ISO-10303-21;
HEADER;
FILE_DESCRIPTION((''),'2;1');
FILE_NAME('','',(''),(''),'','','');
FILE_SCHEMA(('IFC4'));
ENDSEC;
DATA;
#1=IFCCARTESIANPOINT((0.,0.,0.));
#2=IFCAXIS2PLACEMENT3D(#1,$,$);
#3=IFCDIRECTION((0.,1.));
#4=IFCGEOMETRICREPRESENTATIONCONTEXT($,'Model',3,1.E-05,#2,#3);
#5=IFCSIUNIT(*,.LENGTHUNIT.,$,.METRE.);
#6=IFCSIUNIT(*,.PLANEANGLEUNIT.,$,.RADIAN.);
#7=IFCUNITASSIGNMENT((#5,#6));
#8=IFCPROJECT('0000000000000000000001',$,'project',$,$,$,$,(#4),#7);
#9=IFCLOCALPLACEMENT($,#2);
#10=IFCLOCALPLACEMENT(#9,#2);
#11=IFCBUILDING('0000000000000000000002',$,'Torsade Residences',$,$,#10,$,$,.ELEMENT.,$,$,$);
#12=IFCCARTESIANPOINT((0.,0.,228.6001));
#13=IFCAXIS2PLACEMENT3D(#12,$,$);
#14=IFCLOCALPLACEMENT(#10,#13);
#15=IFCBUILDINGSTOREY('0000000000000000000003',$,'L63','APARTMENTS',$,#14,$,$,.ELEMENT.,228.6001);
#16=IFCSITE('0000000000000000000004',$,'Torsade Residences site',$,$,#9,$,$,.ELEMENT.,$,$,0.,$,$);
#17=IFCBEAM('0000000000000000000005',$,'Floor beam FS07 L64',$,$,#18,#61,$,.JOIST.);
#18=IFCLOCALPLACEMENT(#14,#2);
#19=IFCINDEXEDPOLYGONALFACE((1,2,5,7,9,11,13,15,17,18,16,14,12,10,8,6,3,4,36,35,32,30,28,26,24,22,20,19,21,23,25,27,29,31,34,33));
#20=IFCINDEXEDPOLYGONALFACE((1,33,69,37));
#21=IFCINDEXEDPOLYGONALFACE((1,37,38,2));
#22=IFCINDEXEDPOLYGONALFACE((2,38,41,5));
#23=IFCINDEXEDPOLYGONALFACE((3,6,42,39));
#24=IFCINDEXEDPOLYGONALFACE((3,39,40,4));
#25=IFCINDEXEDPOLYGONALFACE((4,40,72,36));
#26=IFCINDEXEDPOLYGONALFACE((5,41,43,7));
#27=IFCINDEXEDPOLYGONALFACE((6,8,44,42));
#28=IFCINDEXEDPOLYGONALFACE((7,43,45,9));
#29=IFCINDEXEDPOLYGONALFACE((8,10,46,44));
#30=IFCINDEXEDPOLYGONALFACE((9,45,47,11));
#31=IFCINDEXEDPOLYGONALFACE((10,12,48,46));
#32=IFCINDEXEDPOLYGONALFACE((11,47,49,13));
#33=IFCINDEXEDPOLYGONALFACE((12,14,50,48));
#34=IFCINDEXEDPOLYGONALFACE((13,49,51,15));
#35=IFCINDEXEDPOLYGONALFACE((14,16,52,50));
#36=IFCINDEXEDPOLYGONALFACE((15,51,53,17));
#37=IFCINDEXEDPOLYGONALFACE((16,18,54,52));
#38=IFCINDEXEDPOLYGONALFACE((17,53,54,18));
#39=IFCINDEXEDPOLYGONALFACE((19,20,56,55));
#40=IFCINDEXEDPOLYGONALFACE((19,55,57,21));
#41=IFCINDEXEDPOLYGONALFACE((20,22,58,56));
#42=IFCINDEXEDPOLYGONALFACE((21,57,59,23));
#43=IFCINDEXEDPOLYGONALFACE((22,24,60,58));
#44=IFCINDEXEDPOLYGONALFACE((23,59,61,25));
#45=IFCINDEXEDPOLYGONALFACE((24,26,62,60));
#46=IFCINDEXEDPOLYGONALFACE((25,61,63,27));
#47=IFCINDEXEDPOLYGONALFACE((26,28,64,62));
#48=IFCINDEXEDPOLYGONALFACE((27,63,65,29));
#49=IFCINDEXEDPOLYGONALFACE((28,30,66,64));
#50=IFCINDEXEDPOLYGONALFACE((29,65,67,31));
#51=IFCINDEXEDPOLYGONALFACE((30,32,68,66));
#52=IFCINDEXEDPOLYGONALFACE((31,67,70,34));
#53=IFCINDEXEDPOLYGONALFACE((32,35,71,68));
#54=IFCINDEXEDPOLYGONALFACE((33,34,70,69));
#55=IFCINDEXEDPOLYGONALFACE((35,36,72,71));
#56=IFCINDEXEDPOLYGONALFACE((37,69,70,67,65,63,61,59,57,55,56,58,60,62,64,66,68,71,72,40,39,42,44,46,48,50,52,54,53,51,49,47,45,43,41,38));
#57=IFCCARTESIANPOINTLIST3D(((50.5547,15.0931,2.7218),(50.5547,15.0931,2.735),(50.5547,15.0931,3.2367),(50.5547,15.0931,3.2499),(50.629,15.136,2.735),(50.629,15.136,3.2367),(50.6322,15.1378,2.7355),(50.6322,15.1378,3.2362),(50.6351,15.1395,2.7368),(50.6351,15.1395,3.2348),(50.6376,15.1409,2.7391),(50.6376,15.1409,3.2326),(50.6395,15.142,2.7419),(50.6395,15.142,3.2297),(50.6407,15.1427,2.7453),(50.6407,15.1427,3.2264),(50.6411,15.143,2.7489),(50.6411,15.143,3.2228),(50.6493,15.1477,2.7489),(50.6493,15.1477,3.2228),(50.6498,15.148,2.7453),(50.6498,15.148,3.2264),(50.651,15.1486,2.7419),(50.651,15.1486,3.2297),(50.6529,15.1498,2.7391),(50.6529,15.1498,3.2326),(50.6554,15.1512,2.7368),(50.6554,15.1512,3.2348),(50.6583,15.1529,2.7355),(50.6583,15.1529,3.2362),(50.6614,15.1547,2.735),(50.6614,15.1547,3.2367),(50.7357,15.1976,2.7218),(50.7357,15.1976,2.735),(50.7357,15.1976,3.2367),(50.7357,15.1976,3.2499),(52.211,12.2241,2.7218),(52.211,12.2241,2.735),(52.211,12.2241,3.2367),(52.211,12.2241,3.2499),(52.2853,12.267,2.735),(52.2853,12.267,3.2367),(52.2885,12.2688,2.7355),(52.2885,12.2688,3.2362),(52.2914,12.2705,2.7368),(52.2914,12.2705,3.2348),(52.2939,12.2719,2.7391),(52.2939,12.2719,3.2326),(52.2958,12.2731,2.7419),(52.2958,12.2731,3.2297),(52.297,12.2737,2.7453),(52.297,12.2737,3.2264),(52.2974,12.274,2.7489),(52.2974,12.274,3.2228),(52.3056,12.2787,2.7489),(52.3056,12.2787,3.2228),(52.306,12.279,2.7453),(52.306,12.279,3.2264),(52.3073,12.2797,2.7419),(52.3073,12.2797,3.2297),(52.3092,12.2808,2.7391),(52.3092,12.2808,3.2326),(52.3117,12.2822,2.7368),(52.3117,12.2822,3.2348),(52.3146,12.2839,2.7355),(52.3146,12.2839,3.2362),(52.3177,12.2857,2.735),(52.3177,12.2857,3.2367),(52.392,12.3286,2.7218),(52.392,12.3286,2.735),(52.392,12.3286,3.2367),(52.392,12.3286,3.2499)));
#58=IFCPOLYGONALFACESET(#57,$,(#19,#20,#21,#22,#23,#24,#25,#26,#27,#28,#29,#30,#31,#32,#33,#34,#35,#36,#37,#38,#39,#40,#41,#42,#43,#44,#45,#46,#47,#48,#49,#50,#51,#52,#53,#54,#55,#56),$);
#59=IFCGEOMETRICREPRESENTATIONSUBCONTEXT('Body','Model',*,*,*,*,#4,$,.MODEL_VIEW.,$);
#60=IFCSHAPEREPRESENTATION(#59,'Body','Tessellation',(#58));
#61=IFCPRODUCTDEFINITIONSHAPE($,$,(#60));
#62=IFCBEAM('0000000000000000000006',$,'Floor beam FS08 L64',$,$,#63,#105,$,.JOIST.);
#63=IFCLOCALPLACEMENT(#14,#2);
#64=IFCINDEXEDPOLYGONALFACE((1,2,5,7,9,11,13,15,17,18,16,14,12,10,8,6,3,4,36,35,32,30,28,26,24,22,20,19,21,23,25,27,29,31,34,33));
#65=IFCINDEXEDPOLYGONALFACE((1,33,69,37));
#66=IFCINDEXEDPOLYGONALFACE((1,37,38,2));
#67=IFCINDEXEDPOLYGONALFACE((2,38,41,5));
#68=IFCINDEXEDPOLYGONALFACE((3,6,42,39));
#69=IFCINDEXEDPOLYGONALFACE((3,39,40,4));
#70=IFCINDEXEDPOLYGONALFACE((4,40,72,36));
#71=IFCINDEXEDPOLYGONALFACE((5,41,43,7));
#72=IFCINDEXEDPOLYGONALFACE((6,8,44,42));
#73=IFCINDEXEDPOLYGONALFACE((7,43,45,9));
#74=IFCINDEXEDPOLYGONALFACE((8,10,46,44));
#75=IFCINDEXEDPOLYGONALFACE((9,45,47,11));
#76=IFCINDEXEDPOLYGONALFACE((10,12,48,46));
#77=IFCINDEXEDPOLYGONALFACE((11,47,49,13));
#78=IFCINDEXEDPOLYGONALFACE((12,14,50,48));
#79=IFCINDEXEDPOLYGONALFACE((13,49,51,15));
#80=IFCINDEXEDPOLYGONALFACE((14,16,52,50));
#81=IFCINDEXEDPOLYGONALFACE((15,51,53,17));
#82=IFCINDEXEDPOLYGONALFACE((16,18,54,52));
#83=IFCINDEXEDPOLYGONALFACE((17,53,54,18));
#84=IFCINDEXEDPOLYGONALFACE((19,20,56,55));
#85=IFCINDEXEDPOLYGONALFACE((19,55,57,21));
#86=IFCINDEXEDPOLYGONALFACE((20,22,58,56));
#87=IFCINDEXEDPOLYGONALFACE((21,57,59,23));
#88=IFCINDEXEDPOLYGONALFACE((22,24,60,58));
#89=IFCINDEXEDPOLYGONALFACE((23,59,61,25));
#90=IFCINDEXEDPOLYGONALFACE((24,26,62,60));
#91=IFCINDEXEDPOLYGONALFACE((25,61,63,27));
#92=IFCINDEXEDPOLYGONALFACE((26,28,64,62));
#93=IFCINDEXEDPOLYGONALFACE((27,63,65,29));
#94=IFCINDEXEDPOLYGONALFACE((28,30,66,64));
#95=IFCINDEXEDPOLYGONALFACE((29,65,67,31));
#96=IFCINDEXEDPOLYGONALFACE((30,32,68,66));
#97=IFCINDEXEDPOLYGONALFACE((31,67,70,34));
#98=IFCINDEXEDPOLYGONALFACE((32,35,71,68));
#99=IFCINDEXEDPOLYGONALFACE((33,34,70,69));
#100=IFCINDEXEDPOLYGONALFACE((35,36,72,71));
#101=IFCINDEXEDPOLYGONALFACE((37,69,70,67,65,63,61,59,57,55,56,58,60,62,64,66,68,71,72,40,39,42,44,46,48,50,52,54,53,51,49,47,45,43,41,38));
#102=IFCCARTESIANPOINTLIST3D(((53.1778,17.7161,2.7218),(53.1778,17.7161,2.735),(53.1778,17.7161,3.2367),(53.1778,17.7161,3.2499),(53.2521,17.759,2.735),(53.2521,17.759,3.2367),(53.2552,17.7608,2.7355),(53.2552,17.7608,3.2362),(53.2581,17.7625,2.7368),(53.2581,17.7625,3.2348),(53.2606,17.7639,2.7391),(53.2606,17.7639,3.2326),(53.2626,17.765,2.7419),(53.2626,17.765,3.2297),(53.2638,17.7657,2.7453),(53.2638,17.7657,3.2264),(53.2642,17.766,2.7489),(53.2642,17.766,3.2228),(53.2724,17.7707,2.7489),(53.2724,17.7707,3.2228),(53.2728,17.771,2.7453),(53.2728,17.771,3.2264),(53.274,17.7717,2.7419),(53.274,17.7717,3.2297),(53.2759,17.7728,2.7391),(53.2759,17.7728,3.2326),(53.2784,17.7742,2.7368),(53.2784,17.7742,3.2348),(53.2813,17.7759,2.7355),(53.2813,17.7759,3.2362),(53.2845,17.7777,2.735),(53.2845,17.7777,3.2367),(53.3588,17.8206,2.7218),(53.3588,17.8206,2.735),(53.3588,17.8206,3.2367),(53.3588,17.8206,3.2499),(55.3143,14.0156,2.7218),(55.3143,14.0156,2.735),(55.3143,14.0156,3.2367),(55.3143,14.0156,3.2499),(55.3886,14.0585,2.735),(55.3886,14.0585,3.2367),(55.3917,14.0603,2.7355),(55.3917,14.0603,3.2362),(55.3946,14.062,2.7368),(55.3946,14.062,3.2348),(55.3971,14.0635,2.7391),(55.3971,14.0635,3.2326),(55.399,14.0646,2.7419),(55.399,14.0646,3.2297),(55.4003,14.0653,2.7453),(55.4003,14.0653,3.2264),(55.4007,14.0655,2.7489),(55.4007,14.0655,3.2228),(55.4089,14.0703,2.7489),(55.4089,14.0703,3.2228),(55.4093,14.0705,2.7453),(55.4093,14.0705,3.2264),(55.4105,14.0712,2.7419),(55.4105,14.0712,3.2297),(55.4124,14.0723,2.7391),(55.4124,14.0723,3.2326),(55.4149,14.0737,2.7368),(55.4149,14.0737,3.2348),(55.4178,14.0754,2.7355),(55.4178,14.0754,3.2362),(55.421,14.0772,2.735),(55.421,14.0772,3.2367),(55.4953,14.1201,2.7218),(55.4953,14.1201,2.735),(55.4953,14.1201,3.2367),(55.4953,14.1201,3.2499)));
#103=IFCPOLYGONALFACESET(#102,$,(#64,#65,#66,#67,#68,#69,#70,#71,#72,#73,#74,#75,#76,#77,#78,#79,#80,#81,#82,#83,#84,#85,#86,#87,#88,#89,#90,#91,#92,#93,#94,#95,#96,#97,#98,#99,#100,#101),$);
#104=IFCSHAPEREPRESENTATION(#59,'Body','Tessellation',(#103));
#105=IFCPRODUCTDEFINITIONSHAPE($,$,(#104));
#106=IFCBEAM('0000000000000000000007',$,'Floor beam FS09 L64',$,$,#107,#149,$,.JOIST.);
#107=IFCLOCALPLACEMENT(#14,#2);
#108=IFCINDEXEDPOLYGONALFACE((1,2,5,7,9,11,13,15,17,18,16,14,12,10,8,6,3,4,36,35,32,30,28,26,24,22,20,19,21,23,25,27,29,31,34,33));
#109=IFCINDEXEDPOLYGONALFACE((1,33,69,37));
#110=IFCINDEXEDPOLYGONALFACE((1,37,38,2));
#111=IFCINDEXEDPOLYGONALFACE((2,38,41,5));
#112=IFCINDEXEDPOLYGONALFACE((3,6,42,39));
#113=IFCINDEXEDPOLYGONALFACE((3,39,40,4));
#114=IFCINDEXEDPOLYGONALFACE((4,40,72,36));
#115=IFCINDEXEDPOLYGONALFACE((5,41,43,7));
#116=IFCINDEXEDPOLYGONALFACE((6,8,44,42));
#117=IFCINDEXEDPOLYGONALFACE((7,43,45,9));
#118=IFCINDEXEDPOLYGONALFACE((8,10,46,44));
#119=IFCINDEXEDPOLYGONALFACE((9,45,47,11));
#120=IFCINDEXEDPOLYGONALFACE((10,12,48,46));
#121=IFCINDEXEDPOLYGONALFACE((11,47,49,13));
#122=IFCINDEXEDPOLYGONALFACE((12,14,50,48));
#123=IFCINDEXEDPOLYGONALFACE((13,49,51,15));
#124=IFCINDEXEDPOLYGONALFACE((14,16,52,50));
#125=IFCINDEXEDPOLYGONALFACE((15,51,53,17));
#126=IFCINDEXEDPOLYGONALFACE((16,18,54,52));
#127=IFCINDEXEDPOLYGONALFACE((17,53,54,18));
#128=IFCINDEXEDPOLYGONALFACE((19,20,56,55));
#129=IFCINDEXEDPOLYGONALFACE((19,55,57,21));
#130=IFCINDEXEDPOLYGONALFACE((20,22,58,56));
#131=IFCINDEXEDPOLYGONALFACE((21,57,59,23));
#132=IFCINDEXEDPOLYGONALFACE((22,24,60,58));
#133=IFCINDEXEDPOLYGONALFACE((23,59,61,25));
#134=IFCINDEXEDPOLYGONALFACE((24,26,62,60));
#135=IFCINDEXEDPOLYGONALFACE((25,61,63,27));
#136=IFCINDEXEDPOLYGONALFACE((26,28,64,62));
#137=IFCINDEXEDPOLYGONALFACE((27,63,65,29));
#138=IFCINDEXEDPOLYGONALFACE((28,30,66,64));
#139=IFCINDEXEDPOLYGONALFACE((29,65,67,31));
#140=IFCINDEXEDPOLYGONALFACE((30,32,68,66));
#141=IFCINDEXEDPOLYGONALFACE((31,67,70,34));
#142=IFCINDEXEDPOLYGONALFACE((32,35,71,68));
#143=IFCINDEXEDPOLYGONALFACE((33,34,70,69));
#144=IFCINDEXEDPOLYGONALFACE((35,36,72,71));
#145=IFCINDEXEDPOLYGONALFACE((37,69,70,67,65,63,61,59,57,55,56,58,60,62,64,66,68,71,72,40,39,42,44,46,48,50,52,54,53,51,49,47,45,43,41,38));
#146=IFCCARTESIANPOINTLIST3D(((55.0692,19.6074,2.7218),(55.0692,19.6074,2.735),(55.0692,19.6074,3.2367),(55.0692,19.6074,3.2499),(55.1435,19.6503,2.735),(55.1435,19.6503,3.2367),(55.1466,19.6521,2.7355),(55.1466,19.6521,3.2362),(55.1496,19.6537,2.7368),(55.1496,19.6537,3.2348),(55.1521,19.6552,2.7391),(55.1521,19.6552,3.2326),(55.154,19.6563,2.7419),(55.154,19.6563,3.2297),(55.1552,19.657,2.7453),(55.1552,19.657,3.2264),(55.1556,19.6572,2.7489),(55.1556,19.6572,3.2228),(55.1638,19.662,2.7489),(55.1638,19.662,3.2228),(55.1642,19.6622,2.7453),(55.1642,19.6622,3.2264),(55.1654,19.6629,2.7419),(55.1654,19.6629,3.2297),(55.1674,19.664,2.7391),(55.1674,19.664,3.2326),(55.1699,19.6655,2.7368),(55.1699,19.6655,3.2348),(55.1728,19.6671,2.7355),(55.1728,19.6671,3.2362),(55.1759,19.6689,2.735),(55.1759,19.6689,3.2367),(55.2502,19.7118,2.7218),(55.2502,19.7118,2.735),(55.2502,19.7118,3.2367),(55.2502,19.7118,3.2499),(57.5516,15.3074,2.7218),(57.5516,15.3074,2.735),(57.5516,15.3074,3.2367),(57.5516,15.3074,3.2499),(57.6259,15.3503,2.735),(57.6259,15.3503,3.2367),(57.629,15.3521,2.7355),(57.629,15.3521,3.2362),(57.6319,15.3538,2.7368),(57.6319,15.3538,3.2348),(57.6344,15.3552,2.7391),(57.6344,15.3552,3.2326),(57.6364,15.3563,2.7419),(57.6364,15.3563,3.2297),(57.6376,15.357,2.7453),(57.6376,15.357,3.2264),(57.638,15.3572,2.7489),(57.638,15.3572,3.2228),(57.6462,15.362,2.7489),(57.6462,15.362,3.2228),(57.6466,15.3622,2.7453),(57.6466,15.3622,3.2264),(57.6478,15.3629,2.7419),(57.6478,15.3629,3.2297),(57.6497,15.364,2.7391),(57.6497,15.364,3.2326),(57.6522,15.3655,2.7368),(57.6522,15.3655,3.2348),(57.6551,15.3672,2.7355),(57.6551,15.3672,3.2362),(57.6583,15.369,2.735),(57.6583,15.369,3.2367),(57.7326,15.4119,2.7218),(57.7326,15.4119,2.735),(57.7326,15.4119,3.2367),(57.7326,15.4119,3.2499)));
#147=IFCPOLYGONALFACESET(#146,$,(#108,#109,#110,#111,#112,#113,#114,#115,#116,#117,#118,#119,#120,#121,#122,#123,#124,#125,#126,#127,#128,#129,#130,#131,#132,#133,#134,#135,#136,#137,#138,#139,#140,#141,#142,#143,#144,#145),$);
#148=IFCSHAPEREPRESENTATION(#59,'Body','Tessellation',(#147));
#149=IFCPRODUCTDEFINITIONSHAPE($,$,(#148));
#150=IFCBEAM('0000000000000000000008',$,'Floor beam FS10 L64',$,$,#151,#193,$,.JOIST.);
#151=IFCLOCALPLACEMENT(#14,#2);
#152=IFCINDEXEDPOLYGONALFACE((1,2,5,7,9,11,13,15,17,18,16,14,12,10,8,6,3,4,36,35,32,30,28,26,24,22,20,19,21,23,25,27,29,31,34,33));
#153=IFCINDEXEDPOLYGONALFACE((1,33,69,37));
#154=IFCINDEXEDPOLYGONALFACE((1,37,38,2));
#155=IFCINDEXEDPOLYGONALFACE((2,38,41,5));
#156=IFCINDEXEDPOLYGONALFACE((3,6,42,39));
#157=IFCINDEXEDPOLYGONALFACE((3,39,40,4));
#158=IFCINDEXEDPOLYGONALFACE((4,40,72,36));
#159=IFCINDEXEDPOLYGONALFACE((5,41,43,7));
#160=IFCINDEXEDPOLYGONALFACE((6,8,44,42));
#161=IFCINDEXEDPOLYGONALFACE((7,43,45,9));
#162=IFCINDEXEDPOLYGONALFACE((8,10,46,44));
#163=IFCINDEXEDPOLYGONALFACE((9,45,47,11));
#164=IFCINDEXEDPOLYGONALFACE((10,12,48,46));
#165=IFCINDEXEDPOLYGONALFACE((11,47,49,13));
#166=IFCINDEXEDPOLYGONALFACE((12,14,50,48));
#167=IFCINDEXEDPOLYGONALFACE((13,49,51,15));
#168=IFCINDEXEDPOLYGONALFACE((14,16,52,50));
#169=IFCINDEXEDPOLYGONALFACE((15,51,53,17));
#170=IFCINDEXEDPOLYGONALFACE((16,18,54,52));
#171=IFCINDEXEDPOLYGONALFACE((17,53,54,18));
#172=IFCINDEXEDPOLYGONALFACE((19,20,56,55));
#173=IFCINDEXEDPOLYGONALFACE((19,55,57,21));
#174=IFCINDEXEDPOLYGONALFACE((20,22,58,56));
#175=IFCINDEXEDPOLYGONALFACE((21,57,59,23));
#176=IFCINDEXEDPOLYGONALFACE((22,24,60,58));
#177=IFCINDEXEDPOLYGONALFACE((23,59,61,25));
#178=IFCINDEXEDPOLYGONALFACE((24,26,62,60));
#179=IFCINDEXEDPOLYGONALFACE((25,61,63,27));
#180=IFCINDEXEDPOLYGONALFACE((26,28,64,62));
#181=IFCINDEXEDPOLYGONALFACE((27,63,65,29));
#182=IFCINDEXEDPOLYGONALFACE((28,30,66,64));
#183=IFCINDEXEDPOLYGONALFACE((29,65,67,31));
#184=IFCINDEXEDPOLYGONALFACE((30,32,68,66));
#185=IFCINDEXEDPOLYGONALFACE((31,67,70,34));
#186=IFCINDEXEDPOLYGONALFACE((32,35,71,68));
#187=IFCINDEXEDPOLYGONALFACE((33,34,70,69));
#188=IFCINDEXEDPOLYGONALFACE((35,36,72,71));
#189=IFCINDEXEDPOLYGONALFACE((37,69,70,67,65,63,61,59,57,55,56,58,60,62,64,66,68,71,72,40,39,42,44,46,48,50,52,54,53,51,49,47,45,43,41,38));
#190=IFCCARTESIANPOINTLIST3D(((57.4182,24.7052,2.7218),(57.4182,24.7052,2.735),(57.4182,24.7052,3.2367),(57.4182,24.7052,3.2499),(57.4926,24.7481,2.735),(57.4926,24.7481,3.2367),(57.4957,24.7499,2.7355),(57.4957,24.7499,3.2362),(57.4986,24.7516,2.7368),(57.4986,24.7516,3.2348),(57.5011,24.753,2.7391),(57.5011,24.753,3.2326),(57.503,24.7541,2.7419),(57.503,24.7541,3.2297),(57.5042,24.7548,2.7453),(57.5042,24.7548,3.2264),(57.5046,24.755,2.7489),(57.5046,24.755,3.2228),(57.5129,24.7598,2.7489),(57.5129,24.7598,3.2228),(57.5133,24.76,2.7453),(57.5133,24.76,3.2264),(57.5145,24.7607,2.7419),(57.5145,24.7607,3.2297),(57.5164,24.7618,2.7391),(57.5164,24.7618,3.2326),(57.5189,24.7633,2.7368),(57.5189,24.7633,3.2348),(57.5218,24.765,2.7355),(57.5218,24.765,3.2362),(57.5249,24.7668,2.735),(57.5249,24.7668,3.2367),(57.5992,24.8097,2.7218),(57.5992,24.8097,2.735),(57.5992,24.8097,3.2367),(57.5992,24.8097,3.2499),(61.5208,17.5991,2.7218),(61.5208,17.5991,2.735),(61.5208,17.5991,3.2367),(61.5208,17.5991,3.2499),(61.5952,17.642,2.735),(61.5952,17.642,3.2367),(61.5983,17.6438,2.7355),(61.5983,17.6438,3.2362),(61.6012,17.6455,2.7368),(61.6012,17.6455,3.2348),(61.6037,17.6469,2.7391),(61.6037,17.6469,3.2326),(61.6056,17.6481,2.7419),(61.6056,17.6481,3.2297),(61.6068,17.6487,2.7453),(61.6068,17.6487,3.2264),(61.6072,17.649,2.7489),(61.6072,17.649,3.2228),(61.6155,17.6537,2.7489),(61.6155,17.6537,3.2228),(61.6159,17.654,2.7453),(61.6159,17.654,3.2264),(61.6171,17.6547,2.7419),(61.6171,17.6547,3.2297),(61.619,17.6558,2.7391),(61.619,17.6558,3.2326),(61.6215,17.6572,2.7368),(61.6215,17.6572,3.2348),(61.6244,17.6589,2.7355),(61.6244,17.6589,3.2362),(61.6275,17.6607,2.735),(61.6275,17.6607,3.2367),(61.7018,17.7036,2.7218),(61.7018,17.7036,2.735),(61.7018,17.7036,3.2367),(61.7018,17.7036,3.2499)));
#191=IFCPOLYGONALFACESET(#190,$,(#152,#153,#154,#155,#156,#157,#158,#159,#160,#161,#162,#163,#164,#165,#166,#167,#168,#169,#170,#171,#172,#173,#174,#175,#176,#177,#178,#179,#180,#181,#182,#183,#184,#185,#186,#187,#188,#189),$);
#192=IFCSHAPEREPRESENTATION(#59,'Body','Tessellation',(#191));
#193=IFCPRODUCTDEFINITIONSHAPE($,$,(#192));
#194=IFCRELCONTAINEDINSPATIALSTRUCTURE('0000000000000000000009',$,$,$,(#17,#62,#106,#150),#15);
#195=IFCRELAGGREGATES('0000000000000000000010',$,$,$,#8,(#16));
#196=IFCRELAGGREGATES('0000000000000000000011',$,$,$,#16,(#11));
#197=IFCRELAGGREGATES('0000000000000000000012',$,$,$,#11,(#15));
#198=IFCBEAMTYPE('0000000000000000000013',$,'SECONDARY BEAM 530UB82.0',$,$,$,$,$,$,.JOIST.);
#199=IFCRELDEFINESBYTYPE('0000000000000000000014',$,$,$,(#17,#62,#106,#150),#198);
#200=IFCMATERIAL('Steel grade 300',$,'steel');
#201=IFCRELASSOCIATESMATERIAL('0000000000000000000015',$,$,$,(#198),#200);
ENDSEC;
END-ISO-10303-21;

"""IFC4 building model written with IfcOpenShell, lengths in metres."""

from ifc_helpers import new_model, si_unit, direction, frame, origin, origin_2d, place, context, subcontext, project, spatial, i_section, extrude, material, material_profile, profile_set, type_object, element, save


model = new_model("IFC4")

# Units and contexts
model_context = context("Model", 3, precision=1e-05, world=origin(), true_north=direction((0.0, 1.0)))
body_context = subcontext(model_context, "Body", "Model", "MODEL_VIEW")
ifc_project = project(units=[si_unit("LENGTHUNIT", "METRE"), si_unit("PLANEANGLEUNIT", "RADIAN")], contexts=[model_context])

# Site, building, storey
site_placement = place(None, origin())
site = spatial("IfcSite", under=ifc_project, at=site_placement, Name="Torsade Residences site", CompositionType="ELEMENT", RefElevation=0.0)
building_placement = place(site_placement, origin())
building = spatial("IfcBuilding", under=site, at=building_placement, Name="Torsade Residences", CompositionType="ELEMENT")
storey_placement = place(building_placement, frame((0.0, 0.0, 228.6001)))
storey = spatial("IfcBuildingStorey", under=building, at=storey_placement, Name="L63", Description="APARTMENTS", CompositionType="ELEMENT", Elevation=228.6001)

# Beams
ifc_material_1 = material(Name="Steel grade 300", Category="steel")
ifc_material_profile_1 = material_profile(ifc_material_1, i_section(OverallWidth=0.209, OverallDepth=0.5281, WebThickness=0.0095, FlangeThickness=0.0132, FilletRadius=0.0139, at=origin_2d()), Name="530UB82.0")
ifc_profile_set_1 = profile_set([ifc_material_profile_1], Name="Steel grade 300")
beam_type_1 = type_object("IfcBeamType", Name="SECONDARY BEAM 530UB82.0", PredefinedType="JOIST", material=ifc_profile_set_1)
beam_1_placement = place(storey_placement, frame((52.3015, 12.2764, 2.9858), z_axis=(-0.499976, 0.86604, 0.0), x_axis=(-0.86604, -0.499976, 0.0)))
element("IfcBeam", 1, at=beam_1_placement, inside=storey, type_object=beam_type_1, Name="Floor beam FS07 L64", PredefinedType="JOIST", context=body_context, shape_type="SweptSolid", body=[
    extrude(i_section(OverallWidth=0.209, OverallDepth=0.5281, WebThickness=0.0095, FlangeThickness=0.0132, FilletRadius=0.0139, at=origin_2d()), origin(), (0.0, 0.0, 1.0), 3.3127),
])
beam_2_placement = place(storey_placement, frame((55.4048, 14.0679, 2.9858), z_axis=(-0.500004, 0.866023, 0.0), x_axis=(-0.866023, -0.500004, 0.0)))
element("IfcBeam", 2, at=beam_2_placement, inside=storey, type_object=beam_type_1, Name="Floor beam FS08 L64", PredefinedType="JOIST", context=body_context, shape_type="SweptSolid", body=[
    extrude(i_section(OverallWidth=0.209, OverallDepth=0.5281, WebThickness=0.0095, FlangeThickness=0.0132, FilletRadius=0.0139, at=origin_2d()), origin(), (0.0, 0.0, 1.0), 4.2729),
])
beam_3_placement = place(storey_placement, frame((57.6421, 15.3596, 2.9858), z_axis=(-0.499968, 0.866044, 0.0), x_axis=(-0.866044, -0.499968, 0.0)))
element("IfcBeam", 3, at=beam_3_placement, inside=storey, type_object=beam_type_1, Name="Floor beam FS09 L64", PredefinedType="JOIST", context=body_context, shape_type="SweptSolid", body=[
    extrude(i_section(OverallWidth=0.209, OverallDepth=0.5281, WebThickness=0.0095, FlangeThickness=0.0132, FilletRadius=0.0139, at=origin_2d()), origin(), (0.0, 0.0, 1.0), 4.9651),
])
beam_4_placement = place(storey_placement, frame((61.6113, 17.6514, 2.9858), z_axis=(-0.499992, 0.86603, 0.0), x_axis=(-0.86603, -0.499992, 0.0)))
element("IfcBeam", 4, at=beam_4_placement, inside=storey, type_object=beam_type_1, Name="Floor beam FS10 L64", PredefinedType="JOIST", context=body_context, shape_type="SweptSolid", body=[
    extrude(i_section(OverallWidth=0.209, OverallDepth=0.5281, WebThickness=0.0095, FlangeThickness=0.0132, FilletRadius=0.0139, at=origin_2d()), origin(), (0.0, 0.0, 1.0), 8.2053),
])

save(model, "model.ifc")
